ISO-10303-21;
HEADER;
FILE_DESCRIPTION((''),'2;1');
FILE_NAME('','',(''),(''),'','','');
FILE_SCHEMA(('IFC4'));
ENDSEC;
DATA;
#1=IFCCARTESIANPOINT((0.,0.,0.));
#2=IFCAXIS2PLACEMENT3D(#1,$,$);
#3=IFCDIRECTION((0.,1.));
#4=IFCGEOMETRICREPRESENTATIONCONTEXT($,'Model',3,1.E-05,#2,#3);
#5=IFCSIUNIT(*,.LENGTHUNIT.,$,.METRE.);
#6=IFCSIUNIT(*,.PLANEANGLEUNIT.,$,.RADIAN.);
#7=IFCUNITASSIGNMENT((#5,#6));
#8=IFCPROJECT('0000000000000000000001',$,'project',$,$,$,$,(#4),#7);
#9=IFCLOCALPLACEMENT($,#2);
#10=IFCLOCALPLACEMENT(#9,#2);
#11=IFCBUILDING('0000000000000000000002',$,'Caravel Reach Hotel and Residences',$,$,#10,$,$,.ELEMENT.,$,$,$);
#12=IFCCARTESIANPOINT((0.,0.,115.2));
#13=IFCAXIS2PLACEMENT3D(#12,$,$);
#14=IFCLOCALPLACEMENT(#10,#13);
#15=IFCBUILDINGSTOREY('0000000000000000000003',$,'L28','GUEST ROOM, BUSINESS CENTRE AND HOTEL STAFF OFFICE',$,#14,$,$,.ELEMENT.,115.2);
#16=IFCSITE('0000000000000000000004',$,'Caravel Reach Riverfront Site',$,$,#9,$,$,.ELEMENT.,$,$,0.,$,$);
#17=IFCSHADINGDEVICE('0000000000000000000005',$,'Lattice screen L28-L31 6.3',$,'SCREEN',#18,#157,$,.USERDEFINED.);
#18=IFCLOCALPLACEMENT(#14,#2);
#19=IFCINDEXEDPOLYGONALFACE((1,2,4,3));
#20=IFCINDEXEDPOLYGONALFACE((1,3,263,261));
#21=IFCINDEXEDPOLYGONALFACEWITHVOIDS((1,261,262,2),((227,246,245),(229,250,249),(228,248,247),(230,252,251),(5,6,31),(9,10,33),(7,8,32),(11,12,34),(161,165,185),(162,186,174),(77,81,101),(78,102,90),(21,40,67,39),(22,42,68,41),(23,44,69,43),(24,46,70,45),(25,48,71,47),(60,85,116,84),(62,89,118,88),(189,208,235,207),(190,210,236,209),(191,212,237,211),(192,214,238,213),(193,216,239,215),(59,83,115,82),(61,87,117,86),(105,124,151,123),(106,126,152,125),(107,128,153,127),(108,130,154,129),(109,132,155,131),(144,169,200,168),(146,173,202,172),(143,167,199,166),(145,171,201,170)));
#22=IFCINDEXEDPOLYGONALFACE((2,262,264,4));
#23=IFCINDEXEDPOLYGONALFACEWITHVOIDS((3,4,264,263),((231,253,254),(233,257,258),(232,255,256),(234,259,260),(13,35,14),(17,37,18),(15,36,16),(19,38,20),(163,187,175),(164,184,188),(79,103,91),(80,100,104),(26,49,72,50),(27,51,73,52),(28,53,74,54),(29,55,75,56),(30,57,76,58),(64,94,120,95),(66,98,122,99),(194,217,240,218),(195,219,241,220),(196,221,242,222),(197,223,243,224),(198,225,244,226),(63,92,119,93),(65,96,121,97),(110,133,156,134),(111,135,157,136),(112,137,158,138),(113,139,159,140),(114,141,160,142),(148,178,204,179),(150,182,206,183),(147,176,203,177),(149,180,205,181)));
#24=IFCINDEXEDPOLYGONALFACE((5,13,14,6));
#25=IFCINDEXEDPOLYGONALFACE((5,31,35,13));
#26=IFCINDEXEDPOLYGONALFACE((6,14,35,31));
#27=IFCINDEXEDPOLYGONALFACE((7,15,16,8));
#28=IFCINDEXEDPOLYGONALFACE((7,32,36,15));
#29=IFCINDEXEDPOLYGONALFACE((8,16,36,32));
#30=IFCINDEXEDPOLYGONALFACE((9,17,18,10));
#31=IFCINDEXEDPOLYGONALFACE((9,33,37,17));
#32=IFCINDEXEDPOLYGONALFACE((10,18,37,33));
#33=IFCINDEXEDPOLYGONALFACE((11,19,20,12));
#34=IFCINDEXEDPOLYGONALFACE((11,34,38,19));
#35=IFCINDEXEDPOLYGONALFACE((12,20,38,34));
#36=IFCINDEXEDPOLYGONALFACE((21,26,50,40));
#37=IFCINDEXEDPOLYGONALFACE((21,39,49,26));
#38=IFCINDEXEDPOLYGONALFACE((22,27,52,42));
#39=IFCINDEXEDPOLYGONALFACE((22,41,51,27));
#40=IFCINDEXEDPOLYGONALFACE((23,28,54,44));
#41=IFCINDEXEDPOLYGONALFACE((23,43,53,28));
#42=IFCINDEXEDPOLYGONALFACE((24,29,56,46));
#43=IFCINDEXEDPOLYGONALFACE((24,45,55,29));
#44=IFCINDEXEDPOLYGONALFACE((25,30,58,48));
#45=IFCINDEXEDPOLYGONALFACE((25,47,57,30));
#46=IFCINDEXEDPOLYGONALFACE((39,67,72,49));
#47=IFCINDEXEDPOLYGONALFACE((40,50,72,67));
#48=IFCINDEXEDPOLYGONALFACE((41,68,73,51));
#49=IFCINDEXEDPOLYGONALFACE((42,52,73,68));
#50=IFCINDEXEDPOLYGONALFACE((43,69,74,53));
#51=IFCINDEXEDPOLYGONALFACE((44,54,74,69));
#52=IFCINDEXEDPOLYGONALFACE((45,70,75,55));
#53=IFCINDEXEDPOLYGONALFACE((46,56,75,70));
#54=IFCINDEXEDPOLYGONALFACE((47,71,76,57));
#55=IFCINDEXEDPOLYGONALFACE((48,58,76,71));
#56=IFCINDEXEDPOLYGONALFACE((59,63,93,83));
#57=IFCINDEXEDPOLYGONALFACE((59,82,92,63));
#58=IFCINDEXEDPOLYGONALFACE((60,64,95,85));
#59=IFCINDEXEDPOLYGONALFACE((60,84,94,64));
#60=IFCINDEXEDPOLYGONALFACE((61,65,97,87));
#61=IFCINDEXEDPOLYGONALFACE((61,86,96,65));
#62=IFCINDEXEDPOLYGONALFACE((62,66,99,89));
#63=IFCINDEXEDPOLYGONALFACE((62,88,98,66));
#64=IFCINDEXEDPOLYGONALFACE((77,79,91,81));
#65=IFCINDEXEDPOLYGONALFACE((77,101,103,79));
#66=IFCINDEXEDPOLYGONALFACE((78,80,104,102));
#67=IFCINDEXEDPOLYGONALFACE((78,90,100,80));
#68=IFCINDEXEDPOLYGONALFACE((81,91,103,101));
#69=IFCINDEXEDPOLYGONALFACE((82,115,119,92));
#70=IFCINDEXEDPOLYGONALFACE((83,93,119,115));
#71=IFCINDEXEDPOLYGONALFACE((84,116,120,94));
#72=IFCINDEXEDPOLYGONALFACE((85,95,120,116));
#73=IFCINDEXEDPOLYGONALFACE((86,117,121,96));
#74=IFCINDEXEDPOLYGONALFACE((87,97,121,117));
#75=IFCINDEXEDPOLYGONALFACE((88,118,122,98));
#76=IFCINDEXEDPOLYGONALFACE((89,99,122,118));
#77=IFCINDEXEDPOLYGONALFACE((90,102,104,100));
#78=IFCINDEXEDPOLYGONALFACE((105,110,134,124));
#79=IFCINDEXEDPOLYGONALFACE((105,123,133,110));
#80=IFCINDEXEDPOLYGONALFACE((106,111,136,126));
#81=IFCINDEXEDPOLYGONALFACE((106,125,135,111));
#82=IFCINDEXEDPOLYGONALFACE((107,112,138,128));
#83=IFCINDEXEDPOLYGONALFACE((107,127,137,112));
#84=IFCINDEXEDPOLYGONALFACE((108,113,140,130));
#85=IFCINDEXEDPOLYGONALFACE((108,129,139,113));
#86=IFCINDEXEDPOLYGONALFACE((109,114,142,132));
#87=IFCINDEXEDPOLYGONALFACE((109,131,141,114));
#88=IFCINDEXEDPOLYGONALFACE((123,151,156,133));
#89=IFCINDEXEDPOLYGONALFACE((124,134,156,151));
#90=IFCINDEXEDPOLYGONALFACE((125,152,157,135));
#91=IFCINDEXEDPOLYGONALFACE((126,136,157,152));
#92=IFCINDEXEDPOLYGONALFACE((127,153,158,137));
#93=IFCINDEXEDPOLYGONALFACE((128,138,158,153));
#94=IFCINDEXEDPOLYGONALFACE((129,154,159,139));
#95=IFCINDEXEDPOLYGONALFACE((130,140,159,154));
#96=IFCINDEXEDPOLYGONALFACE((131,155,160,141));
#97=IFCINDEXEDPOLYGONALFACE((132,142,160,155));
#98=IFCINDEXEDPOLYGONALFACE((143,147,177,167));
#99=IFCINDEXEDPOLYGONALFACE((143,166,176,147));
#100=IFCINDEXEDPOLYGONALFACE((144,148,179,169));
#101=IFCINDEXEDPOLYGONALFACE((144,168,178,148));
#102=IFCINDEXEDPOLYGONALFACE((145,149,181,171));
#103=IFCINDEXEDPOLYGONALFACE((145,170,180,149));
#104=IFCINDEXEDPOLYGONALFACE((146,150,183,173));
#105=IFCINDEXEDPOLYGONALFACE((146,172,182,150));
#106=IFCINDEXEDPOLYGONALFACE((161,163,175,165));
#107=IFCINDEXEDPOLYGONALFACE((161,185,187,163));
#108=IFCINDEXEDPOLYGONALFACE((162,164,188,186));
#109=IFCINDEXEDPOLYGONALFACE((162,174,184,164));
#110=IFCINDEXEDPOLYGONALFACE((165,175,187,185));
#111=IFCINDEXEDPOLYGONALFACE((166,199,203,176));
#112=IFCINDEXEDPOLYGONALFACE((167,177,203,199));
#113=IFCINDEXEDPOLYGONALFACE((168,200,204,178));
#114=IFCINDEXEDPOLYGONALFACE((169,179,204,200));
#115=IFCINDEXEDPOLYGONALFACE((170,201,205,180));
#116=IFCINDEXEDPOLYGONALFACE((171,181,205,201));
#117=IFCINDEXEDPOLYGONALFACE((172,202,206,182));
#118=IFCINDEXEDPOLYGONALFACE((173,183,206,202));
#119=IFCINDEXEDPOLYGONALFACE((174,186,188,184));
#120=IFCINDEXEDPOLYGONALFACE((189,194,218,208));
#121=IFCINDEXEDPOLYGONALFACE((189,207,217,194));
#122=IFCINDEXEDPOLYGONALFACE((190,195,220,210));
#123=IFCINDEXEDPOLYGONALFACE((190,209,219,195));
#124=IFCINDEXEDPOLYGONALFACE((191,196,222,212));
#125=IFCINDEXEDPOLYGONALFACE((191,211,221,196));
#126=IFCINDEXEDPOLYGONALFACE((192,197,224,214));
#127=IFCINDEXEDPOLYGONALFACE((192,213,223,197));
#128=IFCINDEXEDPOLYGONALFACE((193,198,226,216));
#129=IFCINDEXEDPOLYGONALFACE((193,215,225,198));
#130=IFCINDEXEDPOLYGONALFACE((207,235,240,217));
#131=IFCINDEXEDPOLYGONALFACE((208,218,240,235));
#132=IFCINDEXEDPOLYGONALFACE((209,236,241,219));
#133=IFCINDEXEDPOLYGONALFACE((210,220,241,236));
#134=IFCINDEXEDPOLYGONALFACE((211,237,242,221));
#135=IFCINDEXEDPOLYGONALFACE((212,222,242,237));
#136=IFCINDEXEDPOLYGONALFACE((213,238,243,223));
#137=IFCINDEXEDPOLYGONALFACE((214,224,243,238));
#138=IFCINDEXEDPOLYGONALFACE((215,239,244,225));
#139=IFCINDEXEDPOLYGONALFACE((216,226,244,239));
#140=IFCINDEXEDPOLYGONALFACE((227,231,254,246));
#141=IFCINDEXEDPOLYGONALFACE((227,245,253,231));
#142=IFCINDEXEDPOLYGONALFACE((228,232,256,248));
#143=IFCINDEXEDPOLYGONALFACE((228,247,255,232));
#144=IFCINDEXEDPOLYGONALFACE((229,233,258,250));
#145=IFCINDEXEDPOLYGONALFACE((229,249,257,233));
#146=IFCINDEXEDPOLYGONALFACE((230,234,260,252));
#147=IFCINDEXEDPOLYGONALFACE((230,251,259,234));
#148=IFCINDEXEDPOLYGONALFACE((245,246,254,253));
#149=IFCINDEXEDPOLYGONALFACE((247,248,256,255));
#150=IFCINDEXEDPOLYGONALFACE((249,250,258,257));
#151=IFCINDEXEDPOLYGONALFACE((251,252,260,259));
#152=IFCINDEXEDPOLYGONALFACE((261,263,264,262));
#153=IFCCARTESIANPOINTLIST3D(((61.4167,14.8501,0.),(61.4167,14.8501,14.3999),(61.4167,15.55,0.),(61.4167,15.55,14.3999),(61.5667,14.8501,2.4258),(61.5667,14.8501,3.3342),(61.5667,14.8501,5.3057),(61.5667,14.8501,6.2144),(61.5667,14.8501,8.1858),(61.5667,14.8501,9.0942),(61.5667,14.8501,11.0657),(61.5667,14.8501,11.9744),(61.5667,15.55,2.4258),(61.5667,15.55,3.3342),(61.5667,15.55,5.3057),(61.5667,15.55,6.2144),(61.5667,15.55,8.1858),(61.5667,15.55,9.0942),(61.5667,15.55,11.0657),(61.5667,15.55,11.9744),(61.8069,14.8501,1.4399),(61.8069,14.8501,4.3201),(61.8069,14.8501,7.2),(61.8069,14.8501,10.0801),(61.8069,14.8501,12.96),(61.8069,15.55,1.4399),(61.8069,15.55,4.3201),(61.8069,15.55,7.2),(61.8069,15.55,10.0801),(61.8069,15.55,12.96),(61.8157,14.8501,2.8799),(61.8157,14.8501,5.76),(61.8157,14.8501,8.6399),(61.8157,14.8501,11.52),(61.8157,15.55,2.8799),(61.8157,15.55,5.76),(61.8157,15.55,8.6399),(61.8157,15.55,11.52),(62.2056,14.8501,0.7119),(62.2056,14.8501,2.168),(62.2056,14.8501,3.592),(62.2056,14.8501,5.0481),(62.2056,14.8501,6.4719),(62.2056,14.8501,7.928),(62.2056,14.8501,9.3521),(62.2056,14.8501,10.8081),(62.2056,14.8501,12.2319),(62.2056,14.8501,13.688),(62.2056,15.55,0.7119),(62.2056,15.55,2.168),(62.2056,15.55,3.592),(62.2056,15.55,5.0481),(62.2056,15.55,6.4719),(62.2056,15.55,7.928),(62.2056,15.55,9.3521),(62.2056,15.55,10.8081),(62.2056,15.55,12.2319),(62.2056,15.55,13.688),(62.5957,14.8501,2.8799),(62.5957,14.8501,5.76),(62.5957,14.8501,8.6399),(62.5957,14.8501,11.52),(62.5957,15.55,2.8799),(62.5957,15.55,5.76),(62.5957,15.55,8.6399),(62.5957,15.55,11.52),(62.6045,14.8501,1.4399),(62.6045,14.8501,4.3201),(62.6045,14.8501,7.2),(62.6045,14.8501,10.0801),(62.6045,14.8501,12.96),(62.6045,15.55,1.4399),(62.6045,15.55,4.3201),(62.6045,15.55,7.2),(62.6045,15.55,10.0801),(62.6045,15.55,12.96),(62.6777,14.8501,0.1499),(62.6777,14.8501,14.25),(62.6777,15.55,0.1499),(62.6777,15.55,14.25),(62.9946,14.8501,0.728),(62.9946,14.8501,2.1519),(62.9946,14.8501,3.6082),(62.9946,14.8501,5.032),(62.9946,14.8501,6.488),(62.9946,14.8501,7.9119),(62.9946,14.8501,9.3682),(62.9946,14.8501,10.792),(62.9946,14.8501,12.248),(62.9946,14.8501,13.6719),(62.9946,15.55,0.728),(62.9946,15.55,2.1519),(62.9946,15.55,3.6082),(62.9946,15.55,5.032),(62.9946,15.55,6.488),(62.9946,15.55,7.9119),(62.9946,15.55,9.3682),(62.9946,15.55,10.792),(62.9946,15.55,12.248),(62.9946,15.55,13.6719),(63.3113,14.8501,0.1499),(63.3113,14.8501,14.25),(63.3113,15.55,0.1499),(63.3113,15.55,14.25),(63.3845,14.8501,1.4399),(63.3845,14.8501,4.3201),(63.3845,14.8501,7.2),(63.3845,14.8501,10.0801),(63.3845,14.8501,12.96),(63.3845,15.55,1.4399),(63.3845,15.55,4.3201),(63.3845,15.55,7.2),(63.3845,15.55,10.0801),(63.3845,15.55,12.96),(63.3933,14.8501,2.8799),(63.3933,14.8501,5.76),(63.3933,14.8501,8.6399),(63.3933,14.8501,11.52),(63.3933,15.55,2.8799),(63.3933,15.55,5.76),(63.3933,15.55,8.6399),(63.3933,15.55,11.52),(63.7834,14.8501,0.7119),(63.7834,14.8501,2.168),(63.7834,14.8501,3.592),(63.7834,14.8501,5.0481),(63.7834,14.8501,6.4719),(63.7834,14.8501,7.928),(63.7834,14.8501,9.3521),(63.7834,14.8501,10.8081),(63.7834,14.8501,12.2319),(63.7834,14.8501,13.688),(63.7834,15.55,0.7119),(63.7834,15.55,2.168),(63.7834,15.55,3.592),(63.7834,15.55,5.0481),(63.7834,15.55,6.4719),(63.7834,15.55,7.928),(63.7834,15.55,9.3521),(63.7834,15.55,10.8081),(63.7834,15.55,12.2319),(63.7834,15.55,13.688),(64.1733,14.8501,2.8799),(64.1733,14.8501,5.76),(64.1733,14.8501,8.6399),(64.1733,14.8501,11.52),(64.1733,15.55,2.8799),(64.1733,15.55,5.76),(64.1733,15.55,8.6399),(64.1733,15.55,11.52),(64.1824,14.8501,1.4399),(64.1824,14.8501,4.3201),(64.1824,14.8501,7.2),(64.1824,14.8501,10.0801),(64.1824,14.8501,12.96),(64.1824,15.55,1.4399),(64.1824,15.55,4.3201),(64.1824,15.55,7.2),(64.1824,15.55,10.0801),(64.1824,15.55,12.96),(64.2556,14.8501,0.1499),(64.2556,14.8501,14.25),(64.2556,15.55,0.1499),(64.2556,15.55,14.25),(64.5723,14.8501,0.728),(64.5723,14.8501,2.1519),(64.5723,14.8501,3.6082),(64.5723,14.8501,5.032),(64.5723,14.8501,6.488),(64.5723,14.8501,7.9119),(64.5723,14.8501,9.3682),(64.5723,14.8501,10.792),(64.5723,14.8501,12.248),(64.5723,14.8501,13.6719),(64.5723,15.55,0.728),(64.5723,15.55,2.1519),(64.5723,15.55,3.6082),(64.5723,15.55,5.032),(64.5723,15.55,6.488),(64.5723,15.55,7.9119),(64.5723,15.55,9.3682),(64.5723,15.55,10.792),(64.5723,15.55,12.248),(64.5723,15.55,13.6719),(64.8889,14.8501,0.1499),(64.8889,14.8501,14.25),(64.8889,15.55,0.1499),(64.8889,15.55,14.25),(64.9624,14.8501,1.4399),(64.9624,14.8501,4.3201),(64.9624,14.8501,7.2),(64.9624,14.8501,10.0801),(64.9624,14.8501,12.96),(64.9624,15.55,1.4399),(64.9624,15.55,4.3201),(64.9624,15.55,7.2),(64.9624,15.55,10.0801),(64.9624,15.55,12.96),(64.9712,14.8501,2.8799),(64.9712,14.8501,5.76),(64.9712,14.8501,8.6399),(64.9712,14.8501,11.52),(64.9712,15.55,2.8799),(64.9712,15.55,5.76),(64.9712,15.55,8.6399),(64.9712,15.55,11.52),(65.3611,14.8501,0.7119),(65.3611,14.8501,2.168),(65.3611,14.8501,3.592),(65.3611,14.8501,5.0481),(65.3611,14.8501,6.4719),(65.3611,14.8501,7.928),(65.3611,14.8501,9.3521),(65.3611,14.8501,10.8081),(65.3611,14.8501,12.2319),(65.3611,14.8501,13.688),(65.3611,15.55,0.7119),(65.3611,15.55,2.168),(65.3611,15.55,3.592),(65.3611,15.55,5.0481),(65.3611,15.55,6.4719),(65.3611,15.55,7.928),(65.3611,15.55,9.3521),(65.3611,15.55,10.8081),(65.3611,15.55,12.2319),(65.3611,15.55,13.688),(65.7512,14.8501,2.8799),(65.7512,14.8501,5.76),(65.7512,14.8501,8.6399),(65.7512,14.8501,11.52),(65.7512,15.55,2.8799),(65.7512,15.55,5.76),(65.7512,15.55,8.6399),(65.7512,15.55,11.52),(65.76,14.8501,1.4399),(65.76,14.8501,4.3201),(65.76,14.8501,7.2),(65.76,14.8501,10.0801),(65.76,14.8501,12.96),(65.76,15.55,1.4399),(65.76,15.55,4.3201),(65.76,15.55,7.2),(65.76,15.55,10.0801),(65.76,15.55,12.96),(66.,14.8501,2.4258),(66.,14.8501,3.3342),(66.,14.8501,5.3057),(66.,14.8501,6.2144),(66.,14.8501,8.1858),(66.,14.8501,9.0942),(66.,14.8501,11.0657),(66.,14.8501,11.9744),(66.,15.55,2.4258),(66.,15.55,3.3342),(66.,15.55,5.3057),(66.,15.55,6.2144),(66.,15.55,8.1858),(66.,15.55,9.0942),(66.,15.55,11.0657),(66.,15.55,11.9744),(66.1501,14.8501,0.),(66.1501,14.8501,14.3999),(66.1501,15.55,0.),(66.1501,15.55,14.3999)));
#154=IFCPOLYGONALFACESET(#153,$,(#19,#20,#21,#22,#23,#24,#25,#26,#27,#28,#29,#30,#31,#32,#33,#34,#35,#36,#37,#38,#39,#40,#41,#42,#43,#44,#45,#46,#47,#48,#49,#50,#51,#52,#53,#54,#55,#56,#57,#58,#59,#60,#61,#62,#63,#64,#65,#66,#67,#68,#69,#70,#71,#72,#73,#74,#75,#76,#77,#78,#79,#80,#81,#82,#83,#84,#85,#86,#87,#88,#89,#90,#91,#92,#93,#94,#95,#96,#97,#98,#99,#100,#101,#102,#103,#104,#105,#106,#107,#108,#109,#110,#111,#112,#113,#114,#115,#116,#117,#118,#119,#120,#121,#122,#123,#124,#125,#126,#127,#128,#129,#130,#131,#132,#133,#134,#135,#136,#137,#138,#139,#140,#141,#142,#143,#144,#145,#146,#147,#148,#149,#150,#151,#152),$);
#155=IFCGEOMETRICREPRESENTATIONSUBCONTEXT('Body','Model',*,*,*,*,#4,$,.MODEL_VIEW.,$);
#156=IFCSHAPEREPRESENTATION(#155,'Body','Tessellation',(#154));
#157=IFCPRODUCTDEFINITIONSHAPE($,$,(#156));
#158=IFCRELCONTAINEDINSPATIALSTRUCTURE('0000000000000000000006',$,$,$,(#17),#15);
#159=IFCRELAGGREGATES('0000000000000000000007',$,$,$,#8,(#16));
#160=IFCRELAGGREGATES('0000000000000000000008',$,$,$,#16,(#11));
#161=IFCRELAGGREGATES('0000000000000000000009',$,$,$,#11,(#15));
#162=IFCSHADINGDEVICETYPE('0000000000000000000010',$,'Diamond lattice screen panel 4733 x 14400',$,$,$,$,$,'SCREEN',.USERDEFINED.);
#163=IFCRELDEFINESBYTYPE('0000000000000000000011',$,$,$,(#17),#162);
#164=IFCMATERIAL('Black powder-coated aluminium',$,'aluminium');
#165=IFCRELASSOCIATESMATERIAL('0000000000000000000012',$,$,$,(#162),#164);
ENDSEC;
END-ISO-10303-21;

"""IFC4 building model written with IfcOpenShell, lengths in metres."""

from ifc_helpers import new_model, si_unit, direction, frame, origin, place, context, subcontext, project, spatial, polyline, outline, extrude, material, type_object, element, save


model = new_model("IFC4")

# Units and contexts
model_context = context("Model", 3, precision=1e-05, world=origin(), true_north=direction((0.0, 1.0)))
body_context = subcontext(model_context, "Body", "Model", "MODEL_VIEW")
ifc_project = project(units=[si_unit("LENGTHUNIT", "METRE"), si_unit("PLANEANGLEUNIT", "RADIAN")], contexts=[model_context])

# Site, building, storey
site_placement = place(None, origin())
site = spatial("IfcSite", under=ifc_project, at=site_placement, Name="Caravel Reach Riverfront Site", CompositionType="ELEMENT", RefElevation=0.0)
building_placement = place(site_placement, origin())
building = spatial("IfcBuilding", under=site, at=building_placement, Name="Caravel Reach Hotel and Residences", CompositionType="ELEMENT")
storey_placement = place(building_placement, frame((0.0, 0.0, 115.2)))
storey = spatial("IfcBuildingStorey", under=building, at=storey_placement, Name="L28", Description="GUEST ROOM, BUSINESS CENTRE AND HOTEL STAFF OFFICE", CompositionType="ELEMENT", Elevation=115.2)

# Shading device
ifc_material_1 = material(Name="Black powder-coated aluminium", Category="aluminium")
shading_device_type_1 = type_object("IfcShadingDeviceType", Name="Diamond lattice screen panel 4733 x 14400", ElementType="SCREEN", PredefinedType="USERDEFINED", material=ifc_material_1)
shading_device_1_placement = place(storey_placement, frame((61.4167, 15.55, 0.0), z_axis=(0.0, -1.0, 0.0), x_axis=(1.0, 0.0, 0.0)))
element("IfcShadingDevice", 1, at=shading_device_1_placement, inside=storey, type_object=shading_device_type_1, Name="Lattice screen L28-L31 6.3", ObjectType="SCREEN", PredefinedType="USERDEFINED", context=body_context, shape_type="SweptSolid", body=[
    extrude(outline(polyline([(0.0, 0.0), (4.7334, 0.0), (4.7334, 14.3999), (0.0, 14.3999), (0.0, 0.0)]), holes=[polyline([(0.3989, 2.8799), (0.1499, 3.3342), (0.1499, 2.4258), (0.3989, 2.8799)]), polyline([(0.3989, 5.76), (0.1499, 6.2144), (0.1499, 5.3057), (0.3989, 5.76)]), polyline([(0.3989, 8.6399), (0.1499, 9.0942), (0.1499, 8.1858), (0.3989, 8.6399)]), polyline([(0.3989, 11.52), (0.1499, 11.9744), (0.1499, 11.0657), (0.3989, 11.52)]), polyline([(0.7888, 2.168), (0.3901, 1.4399), (0.7888, 0.7119), (1.1877, 1.4399), (0.7888, 2.168)]), polyline([(0.7888, 5.0481), (0.3901, 4.3201), (0.7888, 3.592), (1.1877, 4.3201), (0.7888, 5.0481)]), polyline([(0.7888, 7.928), (0.3901, 7.2), (0.7888, 6.4719), (1.1877, 7.2), (0.7888, 7.928)]), polyline([(0.7888, 10.8081), (0.3901, 10.0801), (0.7888, 9.3521), (1.1877, 10.0801), (0.7888, 10.8081)]), polyline([(0.7888, 13.688), (0.3901, 12.96), (0.7888, 12.2319), (1.1877, 12.96), (0.7888, 13.688)]), polyline([(1.5779, 0.728), (1.261, 0.1499), (1.8945, 0.1499), (1.5779, 0.728)]), polyline([(1.5779, 3.6082), (1.179, 2.8799), (1.5779, 2.1519), (1.9766, 2.8799), (1.5779, 3.6082)]), polyline([(1.5779, 6.488), (1.179, 5.76), (1.5779, 5.032), (1.9766, 5.76), (1.5779, 6.488)]), polyline([(1.5779, 9.3682), (1.179, 8.6399), (1.5779, 7.9119), (1.9766, 8.6399), (1.5779, 9.3682)]), polyline([(1.5779, 12.248), (1.179, 11.52), (1.5779, 10.792), (1.9766, 11.52), (1.5779, 12.248)]), polyline([(1.5779, 13.6719), (1.8945, 14.25), (1.261, 14.25), (1.5779, 13.6719)]), polyline([(2.3667, 2.168), (1.9678, 1.4399), (2.3667, 0.7119), (2.7656, 1.4399), (2.3667, 2.168)]), polyline([(2.3667, 5.0481), (1.9678, 4.3201), (2.3667, 3.592), (2.7656, 4.3201), (2.3667, 5.0481)]), polyline([(2.3667, 7.928), (1.9678, 7.2), (2.3667, 6.4719), (2.7656, 7.2), (2.3667, 7.928)]), polyline([(2.3667, 10.8081), (1.9678, 10.0801), (2.3667, 9.3521), (2.7656, 10.0801), (2.3667, 10.8081)]), polyline([(2.3667, 13.688), (1.9678, 12.96), (2.3667, 12.2319), (2.7656, 12.96), (2.3667, 13.688)]), polyline([(3.1555, 0.728), (2.8389, 0.1499), (3.4722, 0.1499), (3.1555, 0.728)]), polyline([(3.1555, 3.6082), (2.7566, 2.8799), (3.1555, 2.1519), (3.5544, 2.8799), (3.1555, 3.6082)]), polyline([(3.1555, 6.488), (2.7566, 5.76), (3.1555, 5.032), (3.5544, 5.76), (3.1555, 6.488)]), polyline([(3.1555, 9.3682), (2.7566, 8.6399), (3.1555, 7.9119), (3.5544, 8.6399), (3.1555, 9.3682)]), polyline([(3.1555, 12.248), (2.7566, 11.52), (3.1555, 10.792), (3.5544, 11.52), (3.1555, 12.248)]), polyline([(3.1555, 13.6719), (3.4722, 14.25), (2.8389, 14.25), (3.1555, 13.6719)]), polyline([(3.9443, 2.168), (3.5457, 1.4399), (3.9443, 0.7119), (4.3433, 1.4399), (3.9443, 2.168)]), polyline([(3.9443, 5.0481), (3.5457, 4.3201), (3.9443, 3.592), (4.3433, 4.3201), (3.9443, 5.0481)]), polyline([(3.9443, 7.928), (3.5457, 7.2), (3.9443, 6.4719), (4.3433, 7.2), (3.9443, 7.928)]), polyline([(3.9443, 10.8081), (3.5457, 10.0801), (3.9443, 9.3521), (4.3433, 10.0801), (3.9443, 10.8081)]), polyline([(3.9443, 13.688), (3.5457, 12.96), (3.9443, 12.2319), (4.3433, 12.96), (3.9443, 13.688)]), polyline([(4.3345, 2.8799), (4.5833, 2.4258), (4.5833, 3.3342), (4.3345, 2.8799)]), polyline([(4.3345, 5.76), (4.5833, 5.3057), (4.5833, 6.2144), (4.3345, 5.76)]), polyline([(4.3345, 8.6399), (4.5833, 8.1858), (4.5833, 9.0942), (4.3345, 8.6399)]), polyline([(4.3345, 11.52), (4.5833, 11.0657), (4.5833, 11.9744), (4.3345, 11.52)])]), origin(), (0.0, 0.0, 1.0), 0.7),
])

save(model, "model.ifc")
